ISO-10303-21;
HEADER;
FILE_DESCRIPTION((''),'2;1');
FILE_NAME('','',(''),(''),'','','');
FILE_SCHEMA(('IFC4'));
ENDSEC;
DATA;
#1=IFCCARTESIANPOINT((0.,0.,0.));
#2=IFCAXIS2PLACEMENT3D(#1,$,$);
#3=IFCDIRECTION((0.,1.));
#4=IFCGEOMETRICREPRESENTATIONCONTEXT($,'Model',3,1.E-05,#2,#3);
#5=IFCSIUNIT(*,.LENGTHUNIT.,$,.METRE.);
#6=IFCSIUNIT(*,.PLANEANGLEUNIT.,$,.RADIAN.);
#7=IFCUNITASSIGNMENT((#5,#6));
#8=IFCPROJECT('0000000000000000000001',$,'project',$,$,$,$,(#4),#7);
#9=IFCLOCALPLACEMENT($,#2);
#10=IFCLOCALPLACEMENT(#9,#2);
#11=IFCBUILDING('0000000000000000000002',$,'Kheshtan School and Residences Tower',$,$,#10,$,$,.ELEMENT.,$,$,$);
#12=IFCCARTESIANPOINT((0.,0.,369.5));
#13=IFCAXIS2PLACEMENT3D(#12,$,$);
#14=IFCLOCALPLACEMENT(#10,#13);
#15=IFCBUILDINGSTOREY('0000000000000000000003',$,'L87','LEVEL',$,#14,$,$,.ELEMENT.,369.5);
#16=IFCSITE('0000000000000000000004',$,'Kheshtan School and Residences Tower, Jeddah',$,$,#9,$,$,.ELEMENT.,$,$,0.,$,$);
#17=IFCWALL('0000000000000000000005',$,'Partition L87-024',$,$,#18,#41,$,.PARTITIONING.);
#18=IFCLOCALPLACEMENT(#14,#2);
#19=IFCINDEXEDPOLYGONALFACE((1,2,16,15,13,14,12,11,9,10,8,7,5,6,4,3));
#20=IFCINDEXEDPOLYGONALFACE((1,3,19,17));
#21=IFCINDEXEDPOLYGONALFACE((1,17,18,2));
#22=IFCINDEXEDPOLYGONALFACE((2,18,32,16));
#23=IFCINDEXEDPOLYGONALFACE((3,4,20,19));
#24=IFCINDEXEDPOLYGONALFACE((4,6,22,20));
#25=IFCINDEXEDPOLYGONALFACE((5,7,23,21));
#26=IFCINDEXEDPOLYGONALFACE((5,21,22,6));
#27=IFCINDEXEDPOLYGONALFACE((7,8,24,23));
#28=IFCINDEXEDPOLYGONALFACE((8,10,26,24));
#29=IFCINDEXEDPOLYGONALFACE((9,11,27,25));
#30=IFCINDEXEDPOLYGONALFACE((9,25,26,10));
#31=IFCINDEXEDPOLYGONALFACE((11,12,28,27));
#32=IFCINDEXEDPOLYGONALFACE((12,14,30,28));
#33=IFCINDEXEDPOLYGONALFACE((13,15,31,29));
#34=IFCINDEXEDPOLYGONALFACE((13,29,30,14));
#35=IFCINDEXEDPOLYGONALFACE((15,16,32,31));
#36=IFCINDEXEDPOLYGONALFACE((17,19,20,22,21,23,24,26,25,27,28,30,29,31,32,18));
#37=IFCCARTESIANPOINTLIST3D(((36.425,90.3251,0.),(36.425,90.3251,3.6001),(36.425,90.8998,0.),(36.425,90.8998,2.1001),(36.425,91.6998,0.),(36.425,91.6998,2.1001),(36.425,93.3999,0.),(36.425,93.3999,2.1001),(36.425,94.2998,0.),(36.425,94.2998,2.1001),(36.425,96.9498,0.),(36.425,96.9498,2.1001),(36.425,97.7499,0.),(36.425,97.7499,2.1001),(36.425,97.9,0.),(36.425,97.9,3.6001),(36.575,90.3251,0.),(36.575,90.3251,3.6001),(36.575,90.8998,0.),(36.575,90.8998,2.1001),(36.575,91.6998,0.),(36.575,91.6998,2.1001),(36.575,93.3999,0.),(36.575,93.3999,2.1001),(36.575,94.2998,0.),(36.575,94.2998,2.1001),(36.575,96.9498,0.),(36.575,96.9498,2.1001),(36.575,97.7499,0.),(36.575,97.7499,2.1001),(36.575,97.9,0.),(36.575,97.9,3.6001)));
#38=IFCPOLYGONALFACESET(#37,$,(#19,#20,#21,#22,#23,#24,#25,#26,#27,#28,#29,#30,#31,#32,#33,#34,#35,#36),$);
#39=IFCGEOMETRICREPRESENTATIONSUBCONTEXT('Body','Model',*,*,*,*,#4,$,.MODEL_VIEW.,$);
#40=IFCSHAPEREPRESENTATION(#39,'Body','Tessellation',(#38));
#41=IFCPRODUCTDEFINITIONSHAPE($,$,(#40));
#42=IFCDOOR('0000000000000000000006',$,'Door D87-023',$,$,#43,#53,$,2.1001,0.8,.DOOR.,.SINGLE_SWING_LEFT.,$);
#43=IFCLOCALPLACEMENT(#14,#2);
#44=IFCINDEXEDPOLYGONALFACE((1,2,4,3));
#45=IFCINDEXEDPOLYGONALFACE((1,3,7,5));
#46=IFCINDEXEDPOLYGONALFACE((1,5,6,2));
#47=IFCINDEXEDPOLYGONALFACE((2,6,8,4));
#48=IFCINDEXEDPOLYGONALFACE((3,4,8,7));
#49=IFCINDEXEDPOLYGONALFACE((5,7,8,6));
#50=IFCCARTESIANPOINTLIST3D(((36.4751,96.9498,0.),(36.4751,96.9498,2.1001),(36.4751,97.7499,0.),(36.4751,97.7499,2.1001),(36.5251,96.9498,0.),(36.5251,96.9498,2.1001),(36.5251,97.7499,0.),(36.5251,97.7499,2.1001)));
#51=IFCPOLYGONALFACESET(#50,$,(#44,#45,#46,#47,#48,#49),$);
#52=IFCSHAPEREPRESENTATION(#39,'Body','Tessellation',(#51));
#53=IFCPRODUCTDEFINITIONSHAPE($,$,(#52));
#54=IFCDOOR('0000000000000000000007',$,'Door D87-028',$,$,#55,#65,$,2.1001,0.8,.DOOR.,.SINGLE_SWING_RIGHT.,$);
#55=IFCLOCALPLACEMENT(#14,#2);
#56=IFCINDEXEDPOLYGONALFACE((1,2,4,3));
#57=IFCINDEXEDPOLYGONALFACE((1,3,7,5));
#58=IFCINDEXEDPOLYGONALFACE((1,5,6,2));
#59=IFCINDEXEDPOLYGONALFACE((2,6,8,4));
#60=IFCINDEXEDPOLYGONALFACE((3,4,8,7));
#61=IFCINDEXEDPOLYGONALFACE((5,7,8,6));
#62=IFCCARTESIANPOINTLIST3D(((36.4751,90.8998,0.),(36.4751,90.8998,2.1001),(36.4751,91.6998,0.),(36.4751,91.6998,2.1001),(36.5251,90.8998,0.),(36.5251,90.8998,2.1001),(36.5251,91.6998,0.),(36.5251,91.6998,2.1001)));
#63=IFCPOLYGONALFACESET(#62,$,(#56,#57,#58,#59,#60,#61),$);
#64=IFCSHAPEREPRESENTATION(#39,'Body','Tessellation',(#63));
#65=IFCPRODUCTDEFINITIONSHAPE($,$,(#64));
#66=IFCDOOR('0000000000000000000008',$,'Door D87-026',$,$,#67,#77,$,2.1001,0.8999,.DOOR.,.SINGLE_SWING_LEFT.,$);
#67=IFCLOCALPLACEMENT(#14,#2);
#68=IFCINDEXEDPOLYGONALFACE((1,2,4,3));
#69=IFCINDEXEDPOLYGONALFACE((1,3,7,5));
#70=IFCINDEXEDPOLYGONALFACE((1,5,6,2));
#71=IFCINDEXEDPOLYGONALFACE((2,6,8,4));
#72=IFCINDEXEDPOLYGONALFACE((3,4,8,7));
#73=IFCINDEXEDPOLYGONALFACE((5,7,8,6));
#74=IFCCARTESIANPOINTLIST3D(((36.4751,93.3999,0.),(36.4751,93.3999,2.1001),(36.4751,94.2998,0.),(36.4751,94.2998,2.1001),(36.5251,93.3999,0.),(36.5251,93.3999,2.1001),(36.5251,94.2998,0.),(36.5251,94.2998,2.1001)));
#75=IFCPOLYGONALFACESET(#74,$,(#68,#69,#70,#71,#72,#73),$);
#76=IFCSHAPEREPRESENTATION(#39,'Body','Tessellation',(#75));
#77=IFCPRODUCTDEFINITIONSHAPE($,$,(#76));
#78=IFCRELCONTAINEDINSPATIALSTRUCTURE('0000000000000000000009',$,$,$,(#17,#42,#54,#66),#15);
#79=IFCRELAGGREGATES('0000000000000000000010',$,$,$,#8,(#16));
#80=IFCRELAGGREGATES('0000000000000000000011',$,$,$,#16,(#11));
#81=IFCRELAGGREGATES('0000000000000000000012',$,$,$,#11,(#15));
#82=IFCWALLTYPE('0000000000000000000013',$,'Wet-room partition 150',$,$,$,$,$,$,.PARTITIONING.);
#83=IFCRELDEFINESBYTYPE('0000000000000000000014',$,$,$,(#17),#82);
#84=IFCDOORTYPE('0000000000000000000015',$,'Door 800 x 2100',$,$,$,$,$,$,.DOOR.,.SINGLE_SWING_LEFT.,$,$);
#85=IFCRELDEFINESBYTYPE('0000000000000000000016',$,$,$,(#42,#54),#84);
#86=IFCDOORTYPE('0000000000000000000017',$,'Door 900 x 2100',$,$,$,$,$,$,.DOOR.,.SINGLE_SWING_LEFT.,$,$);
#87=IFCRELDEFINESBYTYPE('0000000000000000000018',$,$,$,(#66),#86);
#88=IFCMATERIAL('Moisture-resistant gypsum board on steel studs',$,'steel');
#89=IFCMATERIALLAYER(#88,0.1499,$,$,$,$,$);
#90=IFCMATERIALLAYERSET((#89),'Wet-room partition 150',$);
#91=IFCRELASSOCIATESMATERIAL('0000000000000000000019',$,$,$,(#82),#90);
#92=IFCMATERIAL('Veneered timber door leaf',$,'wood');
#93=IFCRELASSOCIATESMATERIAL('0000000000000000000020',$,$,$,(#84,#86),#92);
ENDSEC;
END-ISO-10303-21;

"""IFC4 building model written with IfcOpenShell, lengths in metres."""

from ifc_helpers import new_model, si_unit, direction, frame, frame_2d, origin, place, context, subcontext, project, spatial, rectangle, extrude, source, transform, mapped, material, layer, layer_set, type_object, element, fill, save


model = new_model("IFC4")

# Units and contexts
model_context = context("Model", 3, precision=1e-05, world=origin(), true_north=direction((0.0, 1.0)))
body_context = subcontext(model_context, "Body", "Model", "MODEL_VIEW")
ifc_project = project(units=[si_unit("LENGTHUNIT", "METRE"), si_unit("PLANEANGLEUNIT", "RADIAN")], contexts=[model_context])

# Site, building, storey
site_placement = place(None, origin())
site = spatial("IfcSite", under=ifc_project, at=site_placement, Name="Kheshtan School and Residences Tower, Jeddah", CompositionType="ELEMENT", RefElevation=0.0)
building_placement = place(site_placement, origin())
building = spatial("IfcBuilding", under=site, at=building_placement, Name="Kheshtan School and Residences Tower", CompositionType="ELEMENT")
storey_placement = place(building_placement, frame((0.0, 0.0, 369.5)))
storey = spatial("IfcBuildingStorey", under=building, at=storey_placement, Name="L87", Description="LEVEL", CompositionType="ELEMENT", Elevation=369.5)

# Shared definitions
ifc_material_1 = material(Name="Moisture-resistant gypsum board on steel studs", Category="steel")
ifc_layer_1 = layer(ifc_material_1, 0.1499)
ifc_layer_set_1 = layer_set([ifc_layer_1], Name="Wet-room partition 150")
wall_type_1 = type_object("IfcWallType", Name="Wet-room partition 150", PredefinedType="PARTITIONING", material=ifc_layer_set_1)

# Wall, openings, doors
wall_1_placement = place(storey_placement, frame((36.5, 90.325, 0.0), z_axis=(0.0, 0.0, 1.0), x_axis=(0.0, 1.0, 0.0)))
wall_1 = element("IfcWall", 1, at=wall_1_placement, inside=storey, type_object=wall_type_1, Name="Partition L87-024", PredefinedType="PARTITIONING", context=body_context, shape_type="SweptSolid", body=[
    extrude(rectangle(XDim=7.575, YDim=0.1499, at=frame_2d((3.7876, 0.0))), origin(), (0.0, 0.0, 1.0), 3.6001),
])
opening_1_placement = place(wall_1_placement, frame((6.625, 0.0, 0.0)))
opening_1 = element("IfcOpeningElement", 2, at=opening_1_placement, cuts=wall_1, PredefinedType="OPENING", context=body_context, shape_type="SweptSolid", body=[
    extrude(rectangle(XDim=0.8, YDim=2.1001, at=frame_2d((0.3999, 1.05))), frame((0.0, 0.085, 0.0), z_axis=(0.0, -1.0, 0.0), x_axis=(1.0, 0.0, 0.0)), (0.0, 0.0, 1.0), 0.1699),
])
opening_2_placement = place(wall_1_placement, frame((3.075, 0.0, 0.0)))
opening_2 = element("IfcOpeningElement", 3, at=opening_2_placement, cuts=wall_1, PredefinedType="OPENING", context=body_context, shape_type="SweptSolid", body=[
    extrude(rectangle(XDim=0.8999, YDim=2.1001, at=frame_2d((0.45, 1.05))), frame((0.0, 0.085, 0.0), z_axis=(0.0, -1.0, 0.0), x_axis=(1.0, 0.0, 0.0)), (0.0, 0.0, 1.0), 0.1699),
])
opening_3_placement = place(wall_1_placement, frame((0.575, 0.0, 0.0)))
opening_3 = element("IfcOpeningElement", 4, at=opening_3_placement, cuts=wall_1, PredefinedType="OPENING", context=body_context, shape_type="SweptSolid", body=[
    extrude(rectangle(XDim=0.8, YDim=2.1001, at=frame_2d((0.3999, 1.05))), frame((0.0, 0.085, 0.0), z_axis=(0.0, -1.0, 0.0), x_axis=(1.0, 0.0, 0.0)), (0.0, 0.0, 1.0), 0.1699),
])
ifc_material_2 = material(Name="Veneered timber door leaf", Category="wood")
door_type_1 = type_object("IfcDoorType", Name="Door 800 x 2100", OperationType="SINGLE_SWING_LEFT", PredefinedType="DOOR", material=ifc_material_2)
shared_shape_1 = source(origin(), body_context, "Body", "SweptSolid", [
    extrude(rectangle(XDim=0.8, YDim=2.1001, at=frame_2d((0.3999, 1.05))), frame((0.0, 0.0249, 0.0), z_axis=(0.0, -1.0, 0.0), x_axis=(1.0, 0.0, 0.0)), (0.0, 0.0, 1.0), 0.05),
])
door_1_placement = place(opening_1_placement, origin())
door_1 = element("IfcDoor", 5, at=door_1_placement, inside=storey, type_object=door_type_1, Name="Door D87-023", OperationType="SINGLE_SWING_LEFT", OverallHeight=2.1001, OverallWidth=0.8, PredefinedType="DOOR", context=body_context, shape_type="MappedRepresentation", body=[
    mapped(shared_shape_1, transform((0.0, 0.0, 0.0), x_axis=(1.0, 0.0, 0.0), y_axis=(0.0, 1.0, 0.0), z_axis=(0.0, 0.0, 1.0), scale=1.0)),
])
fill(opening_1, door_1)
door_2_placement = place(opening_3_placement, origin())
door_2 = element("IfcDoor", 6, at=door_2_placement, inside=storey, type_object=door_type_1, Name="Door D87-028", OperationType="SINGLE_SWING_RIGHT", OverallHeight=2.1001, OverallWidth=0.8, PredefinedType="DOOR", context=body_context, shape_type="MappedRepresentation", body=[
    mapped(shared_shape_1, transform((0.0, 0.0, 0.0), x_axis=(1.0, 0.0, 0.0), y_axis=(0.0, 1.0, 0.0), z_axis=(0.0, 0.0, 1.0), scale=1.0)),
])
fill(opening_3, door_2)
door_type_2 = type_object("IfcDoorType", Name="Door 900 x 2100", OperationType="SINGLE_SWING_LEFT", PredefinedType="DOOR", material=ifc_material_2)
shared_shape_2 = source(origin(), body_context, "Body", "SweptSolid", [
    extrude(rectangle(XDim=0.8999, YDim=2.1001, at=frame_2d((0.45, 1.05))), frame((0.0, 0.0249, 0.0), z_axis=(0.0, -1.0, 0.0), x_axis=(1.0, 0.0, 0.0)), (0.0, 0.0, 1.0), 0.05),
])
door_3_placement = place(opening_2_placement, origin())
door_3 = element("IfcDoor", 7, at=door_3_placement, inside=storey, type_object=door_type_2, Name="Door D87-026", OperationType="SINGLE_SWING_LEFT", OverallHeight=2.1001, OverallWidth=0.8999, PredefinedType="DOOR", context=body_context, shape_type="MappedRepresentation", body=[
    mapped(shared_shape_2, transform((0.0, 0.0, 0.0), x_axis=(1.0, 0.0, 0.0), y_axis=(0.0, 1.0, 0.0), z_axis=(0.0, 0.0, 1.0), scale=1.0)),
])
fill(opening_2, door_3)

save(model, "model.ifc")
